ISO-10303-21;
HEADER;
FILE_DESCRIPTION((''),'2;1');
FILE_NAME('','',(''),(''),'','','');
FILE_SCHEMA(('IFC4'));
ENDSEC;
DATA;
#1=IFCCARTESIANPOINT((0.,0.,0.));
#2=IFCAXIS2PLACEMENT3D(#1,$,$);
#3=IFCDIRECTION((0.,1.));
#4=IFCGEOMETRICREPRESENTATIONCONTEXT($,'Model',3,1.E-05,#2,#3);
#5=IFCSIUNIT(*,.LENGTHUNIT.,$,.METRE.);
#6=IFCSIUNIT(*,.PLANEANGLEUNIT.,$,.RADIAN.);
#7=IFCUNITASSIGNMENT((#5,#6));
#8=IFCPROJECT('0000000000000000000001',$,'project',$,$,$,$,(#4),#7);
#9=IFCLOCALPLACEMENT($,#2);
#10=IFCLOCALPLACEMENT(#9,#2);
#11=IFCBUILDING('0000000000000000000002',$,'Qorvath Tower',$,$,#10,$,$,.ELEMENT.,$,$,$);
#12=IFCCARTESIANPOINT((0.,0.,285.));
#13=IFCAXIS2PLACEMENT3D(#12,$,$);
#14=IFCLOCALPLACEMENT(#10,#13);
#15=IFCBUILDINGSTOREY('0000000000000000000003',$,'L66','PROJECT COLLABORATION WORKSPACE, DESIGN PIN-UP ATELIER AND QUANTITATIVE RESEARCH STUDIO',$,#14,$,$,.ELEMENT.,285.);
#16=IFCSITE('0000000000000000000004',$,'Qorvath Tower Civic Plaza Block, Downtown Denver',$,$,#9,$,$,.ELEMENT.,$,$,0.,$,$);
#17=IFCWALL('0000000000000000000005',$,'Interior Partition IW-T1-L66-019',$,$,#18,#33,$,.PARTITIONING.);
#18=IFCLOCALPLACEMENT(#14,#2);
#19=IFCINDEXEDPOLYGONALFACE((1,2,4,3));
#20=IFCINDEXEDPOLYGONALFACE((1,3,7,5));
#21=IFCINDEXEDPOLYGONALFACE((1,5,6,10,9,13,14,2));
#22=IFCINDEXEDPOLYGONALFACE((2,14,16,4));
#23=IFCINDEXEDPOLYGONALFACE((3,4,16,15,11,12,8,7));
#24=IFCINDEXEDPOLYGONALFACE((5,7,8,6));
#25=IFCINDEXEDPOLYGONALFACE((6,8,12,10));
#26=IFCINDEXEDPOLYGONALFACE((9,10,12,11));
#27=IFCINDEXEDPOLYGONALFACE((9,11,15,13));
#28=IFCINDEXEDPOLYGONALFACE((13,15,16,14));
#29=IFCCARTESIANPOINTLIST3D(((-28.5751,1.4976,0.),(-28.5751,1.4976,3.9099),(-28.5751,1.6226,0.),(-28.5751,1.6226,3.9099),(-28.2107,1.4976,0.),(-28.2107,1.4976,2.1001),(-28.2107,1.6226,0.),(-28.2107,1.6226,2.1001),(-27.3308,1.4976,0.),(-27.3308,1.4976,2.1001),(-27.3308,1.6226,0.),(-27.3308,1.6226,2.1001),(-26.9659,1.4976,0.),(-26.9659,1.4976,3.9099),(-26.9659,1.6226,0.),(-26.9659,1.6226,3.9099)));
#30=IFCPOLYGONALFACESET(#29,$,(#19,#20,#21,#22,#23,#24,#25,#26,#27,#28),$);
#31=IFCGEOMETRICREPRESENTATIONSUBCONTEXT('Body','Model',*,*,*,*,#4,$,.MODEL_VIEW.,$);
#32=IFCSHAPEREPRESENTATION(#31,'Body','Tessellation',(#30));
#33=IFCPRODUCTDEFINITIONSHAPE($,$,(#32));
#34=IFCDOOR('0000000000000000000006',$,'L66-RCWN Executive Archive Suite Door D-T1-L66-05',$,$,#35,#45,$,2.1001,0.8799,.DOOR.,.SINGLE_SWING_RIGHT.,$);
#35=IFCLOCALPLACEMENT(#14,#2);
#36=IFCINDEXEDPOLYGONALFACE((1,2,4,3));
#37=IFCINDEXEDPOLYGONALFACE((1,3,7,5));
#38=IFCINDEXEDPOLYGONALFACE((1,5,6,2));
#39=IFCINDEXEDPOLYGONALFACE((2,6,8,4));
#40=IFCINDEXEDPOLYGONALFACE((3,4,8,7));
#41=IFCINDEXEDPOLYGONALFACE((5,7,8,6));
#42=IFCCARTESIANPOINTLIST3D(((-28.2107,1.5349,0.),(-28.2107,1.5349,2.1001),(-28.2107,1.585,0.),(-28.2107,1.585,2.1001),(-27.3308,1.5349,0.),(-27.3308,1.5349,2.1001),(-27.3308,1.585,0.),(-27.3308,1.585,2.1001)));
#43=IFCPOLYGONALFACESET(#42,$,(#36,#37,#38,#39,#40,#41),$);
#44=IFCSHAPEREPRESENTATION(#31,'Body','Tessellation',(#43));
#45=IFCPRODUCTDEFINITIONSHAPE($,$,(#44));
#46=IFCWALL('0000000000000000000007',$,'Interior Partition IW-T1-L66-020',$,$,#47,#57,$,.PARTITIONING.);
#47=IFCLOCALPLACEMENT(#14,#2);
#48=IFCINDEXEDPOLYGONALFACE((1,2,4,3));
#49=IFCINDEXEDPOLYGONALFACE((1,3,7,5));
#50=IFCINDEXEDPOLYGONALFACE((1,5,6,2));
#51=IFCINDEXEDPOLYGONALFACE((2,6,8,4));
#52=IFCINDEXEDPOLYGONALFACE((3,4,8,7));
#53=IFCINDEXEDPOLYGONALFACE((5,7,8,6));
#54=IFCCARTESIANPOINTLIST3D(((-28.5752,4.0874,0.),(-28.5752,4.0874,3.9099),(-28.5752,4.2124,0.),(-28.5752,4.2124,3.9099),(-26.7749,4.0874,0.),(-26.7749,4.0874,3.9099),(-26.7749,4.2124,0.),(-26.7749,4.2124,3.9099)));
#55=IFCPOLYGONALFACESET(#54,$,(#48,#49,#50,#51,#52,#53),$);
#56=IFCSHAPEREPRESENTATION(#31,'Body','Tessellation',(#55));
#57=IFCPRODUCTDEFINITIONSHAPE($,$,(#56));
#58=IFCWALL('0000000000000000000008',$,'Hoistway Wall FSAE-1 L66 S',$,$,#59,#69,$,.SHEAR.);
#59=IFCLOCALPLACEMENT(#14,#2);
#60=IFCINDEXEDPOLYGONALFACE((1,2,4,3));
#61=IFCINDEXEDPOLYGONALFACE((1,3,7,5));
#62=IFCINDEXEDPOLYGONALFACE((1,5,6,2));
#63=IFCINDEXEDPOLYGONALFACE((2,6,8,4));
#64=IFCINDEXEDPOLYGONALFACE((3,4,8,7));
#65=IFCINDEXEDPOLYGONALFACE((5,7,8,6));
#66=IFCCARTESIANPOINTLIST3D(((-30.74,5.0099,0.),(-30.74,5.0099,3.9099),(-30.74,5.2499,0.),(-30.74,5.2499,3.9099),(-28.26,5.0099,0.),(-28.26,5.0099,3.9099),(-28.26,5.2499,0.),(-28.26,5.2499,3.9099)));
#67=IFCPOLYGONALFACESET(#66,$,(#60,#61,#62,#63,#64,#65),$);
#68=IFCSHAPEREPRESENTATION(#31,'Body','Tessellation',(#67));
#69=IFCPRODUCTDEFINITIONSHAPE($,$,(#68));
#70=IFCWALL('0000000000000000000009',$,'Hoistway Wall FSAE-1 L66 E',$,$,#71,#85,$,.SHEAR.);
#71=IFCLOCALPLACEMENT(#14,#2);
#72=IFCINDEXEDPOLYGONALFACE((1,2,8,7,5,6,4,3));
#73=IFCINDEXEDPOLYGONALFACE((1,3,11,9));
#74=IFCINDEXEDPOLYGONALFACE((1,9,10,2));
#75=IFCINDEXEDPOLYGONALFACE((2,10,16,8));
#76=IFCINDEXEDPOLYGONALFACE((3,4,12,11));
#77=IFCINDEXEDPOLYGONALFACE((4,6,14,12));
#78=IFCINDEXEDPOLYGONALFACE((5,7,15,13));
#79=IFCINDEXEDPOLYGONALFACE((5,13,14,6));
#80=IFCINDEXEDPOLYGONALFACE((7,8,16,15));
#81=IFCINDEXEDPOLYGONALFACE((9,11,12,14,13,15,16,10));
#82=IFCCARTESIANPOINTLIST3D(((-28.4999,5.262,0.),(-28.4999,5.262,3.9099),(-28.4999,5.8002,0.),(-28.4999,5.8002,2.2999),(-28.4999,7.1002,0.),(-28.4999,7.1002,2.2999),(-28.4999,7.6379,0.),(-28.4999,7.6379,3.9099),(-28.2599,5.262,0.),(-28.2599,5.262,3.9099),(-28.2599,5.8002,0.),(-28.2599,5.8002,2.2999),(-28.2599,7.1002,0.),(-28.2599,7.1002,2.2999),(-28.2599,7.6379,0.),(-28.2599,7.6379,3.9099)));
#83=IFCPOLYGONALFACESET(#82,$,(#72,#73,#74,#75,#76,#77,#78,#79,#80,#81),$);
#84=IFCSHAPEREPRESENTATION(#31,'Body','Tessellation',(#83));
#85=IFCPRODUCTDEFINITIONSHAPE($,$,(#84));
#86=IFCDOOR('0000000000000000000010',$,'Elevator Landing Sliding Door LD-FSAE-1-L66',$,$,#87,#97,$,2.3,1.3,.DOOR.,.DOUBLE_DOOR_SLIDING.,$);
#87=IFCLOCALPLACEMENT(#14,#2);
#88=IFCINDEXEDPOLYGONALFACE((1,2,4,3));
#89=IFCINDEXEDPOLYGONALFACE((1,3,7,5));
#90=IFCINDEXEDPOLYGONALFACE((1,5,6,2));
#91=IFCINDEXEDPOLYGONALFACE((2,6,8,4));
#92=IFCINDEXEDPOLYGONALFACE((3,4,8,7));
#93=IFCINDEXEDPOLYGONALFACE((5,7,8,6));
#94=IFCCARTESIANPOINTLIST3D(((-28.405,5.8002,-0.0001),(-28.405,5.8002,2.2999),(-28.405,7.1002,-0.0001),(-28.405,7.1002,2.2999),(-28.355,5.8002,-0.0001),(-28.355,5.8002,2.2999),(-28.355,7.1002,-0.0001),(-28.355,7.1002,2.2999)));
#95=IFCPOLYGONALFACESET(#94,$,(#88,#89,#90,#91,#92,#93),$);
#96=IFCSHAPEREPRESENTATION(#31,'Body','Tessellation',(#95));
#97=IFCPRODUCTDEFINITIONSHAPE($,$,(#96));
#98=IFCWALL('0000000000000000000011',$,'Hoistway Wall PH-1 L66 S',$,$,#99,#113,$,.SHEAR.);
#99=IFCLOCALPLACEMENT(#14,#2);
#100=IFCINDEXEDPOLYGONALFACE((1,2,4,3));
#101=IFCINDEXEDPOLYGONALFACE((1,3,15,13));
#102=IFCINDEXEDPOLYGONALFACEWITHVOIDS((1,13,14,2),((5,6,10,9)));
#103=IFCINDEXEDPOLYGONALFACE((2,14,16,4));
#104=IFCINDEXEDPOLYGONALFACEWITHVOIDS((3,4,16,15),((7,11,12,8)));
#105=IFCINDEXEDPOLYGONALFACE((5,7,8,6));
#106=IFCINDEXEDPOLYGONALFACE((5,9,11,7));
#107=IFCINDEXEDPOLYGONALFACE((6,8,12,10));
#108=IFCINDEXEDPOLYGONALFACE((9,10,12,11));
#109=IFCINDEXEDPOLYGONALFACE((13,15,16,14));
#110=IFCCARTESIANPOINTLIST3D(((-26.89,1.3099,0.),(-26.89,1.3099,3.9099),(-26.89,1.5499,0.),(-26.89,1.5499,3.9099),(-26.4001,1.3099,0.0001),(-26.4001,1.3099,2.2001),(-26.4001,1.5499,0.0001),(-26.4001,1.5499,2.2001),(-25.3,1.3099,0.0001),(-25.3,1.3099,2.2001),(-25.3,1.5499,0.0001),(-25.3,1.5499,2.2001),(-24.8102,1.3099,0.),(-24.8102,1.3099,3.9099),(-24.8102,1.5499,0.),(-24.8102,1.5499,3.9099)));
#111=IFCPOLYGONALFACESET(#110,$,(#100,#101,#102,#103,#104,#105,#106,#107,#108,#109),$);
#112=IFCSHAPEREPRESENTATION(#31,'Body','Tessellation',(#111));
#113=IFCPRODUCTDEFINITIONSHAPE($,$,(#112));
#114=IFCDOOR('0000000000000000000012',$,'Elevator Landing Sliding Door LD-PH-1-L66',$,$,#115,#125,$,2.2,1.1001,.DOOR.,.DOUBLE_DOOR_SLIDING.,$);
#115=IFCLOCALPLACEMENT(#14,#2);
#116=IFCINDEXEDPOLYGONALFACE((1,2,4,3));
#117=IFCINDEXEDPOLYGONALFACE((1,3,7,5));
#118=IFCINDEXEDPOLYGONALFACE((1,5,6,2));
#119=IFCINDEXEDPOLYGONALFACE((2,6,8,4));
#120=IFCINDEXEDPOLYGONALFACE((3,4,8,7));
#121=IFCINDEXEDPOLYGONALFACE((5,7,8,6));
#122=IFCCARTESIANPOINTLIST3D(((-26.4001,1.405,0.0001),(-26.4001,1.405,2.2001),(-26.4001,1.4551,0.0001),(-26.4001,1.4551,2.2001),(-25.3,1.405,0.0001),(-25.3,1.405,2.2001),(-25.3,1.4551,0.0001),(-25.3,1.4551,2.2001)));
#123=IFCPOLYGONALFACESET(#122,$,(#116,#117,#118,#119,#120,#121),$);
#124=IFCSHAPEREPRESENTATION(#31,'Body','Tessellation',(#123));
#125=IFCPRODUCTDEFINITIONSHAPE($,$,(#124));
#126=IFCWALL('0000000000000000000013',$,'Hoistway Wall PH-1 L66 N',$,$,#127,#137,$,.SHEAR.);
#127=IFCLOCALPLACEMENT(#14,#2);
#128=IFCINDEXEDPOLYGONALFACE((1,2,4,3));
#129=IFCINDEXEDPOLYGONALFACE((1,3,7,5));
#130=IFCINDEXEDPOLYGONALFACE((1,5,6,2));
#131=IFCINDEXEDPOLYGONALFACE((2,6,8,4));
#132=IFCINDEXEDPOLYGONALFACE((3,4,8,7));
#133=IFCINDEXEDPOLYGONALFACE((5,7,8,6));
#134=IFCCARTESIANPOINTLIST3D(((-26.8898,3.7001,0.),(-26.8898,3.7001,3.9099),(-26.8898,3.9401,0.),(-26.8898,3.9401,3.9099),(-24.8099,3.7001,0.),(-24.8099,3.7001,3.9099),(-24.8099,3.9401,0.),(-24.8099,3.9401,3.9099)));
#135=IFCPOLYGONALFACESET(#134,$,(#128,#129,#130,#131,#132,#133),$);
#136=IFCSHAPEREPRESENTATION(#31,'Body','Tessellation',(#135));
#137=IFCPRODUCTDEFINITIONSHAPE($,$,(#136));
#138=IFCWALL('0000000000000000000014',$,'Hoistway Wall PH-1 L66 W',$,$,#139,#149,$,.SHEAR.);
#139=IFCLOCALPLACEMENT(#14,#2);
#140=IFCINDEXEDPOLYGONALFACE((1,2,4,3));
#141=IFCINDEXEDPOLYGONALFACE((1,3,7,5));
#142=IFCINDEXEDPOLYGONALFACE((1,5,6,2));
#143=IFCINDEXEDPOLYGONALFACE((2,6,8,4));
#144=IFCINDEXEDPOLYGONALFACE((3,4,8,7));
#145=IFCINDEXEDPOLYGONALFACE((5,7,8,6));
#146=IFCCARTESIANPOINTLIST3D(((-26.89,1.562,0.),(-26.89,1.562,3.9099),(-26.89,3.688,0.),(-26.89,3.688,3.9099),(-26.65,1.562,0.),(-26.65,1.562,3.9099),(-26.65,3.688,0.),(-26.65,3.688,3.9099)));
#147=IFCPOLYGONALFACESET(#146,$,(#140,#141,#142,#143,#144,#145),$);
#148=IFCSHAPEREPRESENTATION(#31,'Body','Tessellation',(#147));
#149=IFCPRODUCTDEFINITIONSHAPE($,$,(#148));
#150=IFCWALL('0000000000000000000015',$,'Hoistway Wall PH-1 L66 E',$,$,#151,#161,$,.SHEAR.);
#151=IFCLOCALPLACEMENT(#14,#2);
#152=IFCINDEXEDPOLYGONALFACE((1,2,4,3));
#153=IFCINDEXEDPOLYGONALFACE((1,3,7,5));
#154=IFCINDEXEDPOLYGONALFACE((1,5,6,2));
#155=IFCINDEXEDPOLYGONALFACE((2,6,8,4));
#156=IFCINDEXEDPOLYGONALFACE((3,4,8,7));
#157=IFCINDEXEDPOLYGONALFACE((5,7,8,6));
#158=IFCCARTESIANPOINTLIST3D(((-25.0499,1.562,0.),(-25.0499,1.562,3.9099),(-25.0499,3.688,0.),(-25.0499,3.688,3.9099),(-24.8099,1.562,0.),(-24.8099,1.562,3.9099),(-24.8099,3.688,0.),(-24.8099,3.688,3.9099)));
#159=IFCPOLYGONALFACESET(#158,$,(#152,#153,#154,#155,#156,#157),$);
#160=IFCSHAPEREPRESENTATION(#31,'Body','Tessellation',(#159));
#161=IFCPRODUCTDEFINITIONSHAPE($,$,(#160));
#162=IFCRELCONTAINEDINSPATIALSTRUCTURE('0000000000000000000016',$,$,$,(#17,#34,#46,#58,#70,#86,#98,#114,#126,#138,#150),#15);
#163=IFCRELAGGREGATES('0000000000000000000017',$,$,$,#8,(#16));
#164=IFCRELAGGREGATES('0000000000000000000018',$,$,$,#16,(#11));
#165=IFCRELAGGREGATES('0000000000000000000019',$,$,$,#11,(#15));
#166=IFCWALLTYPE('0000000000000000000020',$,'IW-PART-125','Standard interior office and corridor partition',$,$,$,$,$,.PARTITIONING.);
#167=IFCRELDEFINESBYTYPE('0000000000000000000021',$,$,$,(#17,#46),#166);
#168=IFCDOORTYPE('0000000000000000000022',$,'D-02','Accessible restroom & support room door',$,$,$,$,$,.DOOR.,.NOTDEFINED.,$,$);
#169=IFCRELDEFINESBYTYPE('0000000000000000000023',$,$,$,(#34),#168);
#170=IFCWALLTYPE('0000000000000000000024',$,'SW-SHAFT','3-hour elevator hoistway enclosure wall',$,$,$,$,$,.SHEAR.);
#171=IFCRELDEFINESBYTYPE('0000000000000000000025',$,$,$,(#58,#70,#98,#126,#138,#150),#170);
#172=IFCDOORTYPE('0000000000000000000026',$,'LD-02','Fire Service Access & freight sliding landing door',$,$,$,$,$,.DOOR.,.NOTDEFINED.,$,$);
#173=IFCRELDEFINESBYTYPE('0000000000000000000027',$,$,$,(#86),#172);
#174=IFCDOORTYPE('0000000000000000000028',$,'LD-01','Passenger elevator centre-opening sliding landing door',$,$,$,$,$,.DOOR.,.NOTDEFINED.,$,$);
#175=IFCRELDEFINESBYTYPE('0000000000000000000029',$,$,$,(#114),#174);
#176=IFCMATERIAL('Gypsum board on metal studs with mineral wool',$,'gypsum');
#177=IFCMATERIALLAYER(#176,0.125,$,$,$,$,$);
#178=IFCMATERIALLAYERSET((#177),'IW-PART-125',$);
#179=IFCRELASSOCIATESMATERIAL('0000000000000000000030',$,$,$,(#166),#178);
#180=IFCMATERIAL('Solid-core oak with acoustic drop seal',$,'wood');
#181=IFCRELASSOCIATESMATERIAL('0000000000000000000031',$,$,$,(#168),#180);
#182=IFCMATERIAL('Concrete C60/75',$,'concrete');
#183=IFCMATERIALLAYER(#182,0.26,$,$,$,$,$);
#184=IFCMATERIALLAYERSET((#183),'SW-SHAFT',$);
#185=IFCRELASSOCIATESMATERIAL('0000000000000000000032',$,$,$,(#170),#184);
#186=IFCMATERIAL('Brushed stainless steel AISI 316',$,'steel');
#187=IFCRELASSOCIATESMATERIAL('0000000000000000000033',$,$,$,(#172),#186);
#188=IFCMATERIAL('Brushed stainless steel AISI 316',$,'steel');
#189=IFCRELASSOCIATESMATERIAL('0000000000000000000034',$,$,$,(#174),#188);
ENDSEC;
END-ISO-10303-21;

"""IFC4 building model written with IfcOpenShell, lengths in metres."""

from ifc_helpers import new_model, si_unit, direction, frame, frame_2d, origin, place, context, subcontext, project, spatial, rectangle, extrude, material, layer, layer_set, type_object, element, fill, save


model = new_model("IFC4")

# Units and contexts
model_context = context("Model", 3, precision=1e-05, world=origin(), true_north=direction((0.0, 1.0)))
body_context = subcontext(model_context, "Body", "Model", "MODEL_VIEW")
ifc_project = project(units=[si_unit("LENGTHUNIT", "METRE"), si_unit("PLANEANGLEUNIT", "RADIAN")], contexts=[model_context])

# Site, building, storey
site_placement = place(None, origin())
site = spatial("IfcSite", under=ifc_project, at=site_placement, Name="Qorvath Tower Civic Plaza Block, Downtown Denver", CompositionType="ELEMENT", RefElevation=0.0)
building_placement = place(site_placement, origin())
building = spatial("IfcBuilding", under=site, at=building_placement, Name="Qorvath Tower", CompositionType="ELEMENT")
storey_placement = place(building_placement, frame((0.0, 0.0, 285.0)))
storey = spatial("IfcBuildingStorey", under=building, at=storey_placement, Name="L66", Description="PROJECT COLLABORATION WORKSPACE, DESIGN PIN-UP ATELIER AND QUANTITATIVE RESEARCH STUDIO", CompositionType="ELEMENT", Elevation=285.0)

# Shared definitions
ifc_material_1 = material(Name="Gypsum board on metal studs with mineral wool", Category="gypsum")
ifc_layer_1 = layer(ifc_material_1, 0.125)
ifc_layer_set_1 = layer_set([ifc_layer_1], Name="IW-PART-125")
wall_type_1 = type_object("IfcWallType", Name="IW-PART-125", Description="Standard interior office and corridor partition", PredefinedType="PARTITIONING", material=ifc_layer_set_1)

# Wall, opening, door
wall_1_placement = place(storey_placement, frame((-28.5752, 1.5601, 0.0), z_axis=(0.0, 0.0, 1.0), x_axis=(1.0, 0.0, 0.0)))
wall_1 = element("IfcWall", 1, at=wall_1_placement, inside=storey, type_object=wall_type_1, Name="Interior Partition IW-T1-L66-019", PredefinedType="PARTITIONING", context=body_context, shape_type="SweptSolid", body=[
    extrude(rectangle(XDim=1.6091, YDim=0.125, at=frame_2d((0.8047, 0.0))), origin(), (0.0, 0.0, 1.0), 3.9099),
])
opening_1_placement = place(wall_1_placement, frame((0.3645, 0.0, 0.0)))
opening_1 = element("IfcOpeningElement", 2, at=opening_1_placement, cuts=wall_1, PredefinedType="OPENING", context=body_context, shape_type="SweptSolid", body=[
    extrude(rectangle(XDim=0.8799, YDim=2.1001, at=frame_2d((0.4399, 1.05))), frame((0.0, 0.0725, 0.0), z_axis=(0.0, -1.0, 0.0), x_axis=(1.0, 0.0, 0.0)), (0.0, 0.0, 1.0), 0.145),
])
ifc_material_2 = material(Name="Solid-core oak with acoustic drop seal", Category="wood")
door_type_1 = type_object("IfcDoorType", Name="D-02", Description="Accessible restroom & support room door", OperationType="NOTDEFINED", PredefinedType="DOOR", material=ifc_material_2)
door_1_placement = place(opening_1_placement, origin())
door_1 = element("IfcDoor", 3, at=door_1_placement, inside=storey, type_object=door_type_1, Name="L66-RCWN Executive Archive Suite Door D-T1-L66-05", OperationType="SINGLE_SWING_RIGHT", OverallHeight=2.1001, OverallWidth=0.8799, PredefinedType="DOOR", context=body_context, shape_type="SweptSolid", body=[
    extrude(rectangle(XDim=0.8799, YDim=2.1001, at=frame_2d((0.4399, 1.05))), frame((0.0, 0.0249, 0.0), z_axis=(0.0, -1.0, 0.0), x_axis=(1.0, 0.0, 0.0)), (0.0, 0.0, 1.0), 0.05),
])
fill(opening_1, door_1)

# Walls
wall_2_placement = place(storey_placement, frame((-26.7749, 4.1499, 0.0), z_axis=(0.0, 0.0, 1.0), x_axis=(-1.0, 0.0, 0.0)))
element("IfcWall", 4, at=wall_2_placement, inside=storey, type_object=wall_type_1, Name="Interior Partition IW-T1-L66-020", PredefinedType="PARTITIONING", context=body_context, shape_type="SweptSolid", body=[
    extrude(rectangle(XDim=1.8003, YDim=0.125, at=frame_2d((0.9001, 0.0))), origin(), (0.0, 0.0, 1.0), 3.9099),
])
ifc_material_3 = material(Name="Concrete C60/75", Category="concrete")
ifc_layer_2 = layer(ifc_material_3, 0.26)
ifc_layer_set_2 = layer_set([ifc_layer_2], Name="SW-SHAFT")
wall_type_2 = type_object("IfcWallType", Name="SW-SHAFT", Description="3-hour elevator hoistway enclosure wall", PredefinedType="SHEAR", material=ifc_layer_set_2)
wall_3_placement = place(storey_placement, frame((-28.26, 5.1299, 0.0), z_axis=(0.0, 0.0, 1.0), x_axis=(-1.0, 0.0, 0.0)))
element("IfcWall", 5, at=wall_3_placement, inside=storey, type_object=wall_type_2, Name="Hoistway Wall FSAE-1 L66 S", PredefinedType="SHEAR", context=body_context, shape_type="SweptSolid", body=[
    extrude(rectangle(XDim=2.48, YDim=0.24, at=frame_2d((1.24, 0.0))), origin(), (0.0, 0.0, 1.0), 3.9099),
])

# Walls, openings, doors
wall_4_placement = place(storey_placement, frame((-28.3799, 7.6379, 0.0), z_axis=(0.0, 0.0, 1.0), x_axis=(0.0, -1.0, 0.0)))
wall_4 = element("IfcWall", 6, at=wall_4_placement, inside=storey, type_object=wall_type_2, Name="Hoistway Wall FSAE-1 L66 E", PredefinedType="SHEAR", context=body_context, shape_type="SweptSolid", body=[
    extrude(rectangle(XDim=2.376, YDim=0.24, at=frame_2d((1.188, 0.0))), origin(), (0.0, 0.0, 1.0), 3.9099),
])
opening_2_placement = place(wall_4_placement, frame((0.5378, 0.0, 0.0)))
opening_2 = element("IfcOpeningElement", 7, at=opening_2_placement, cuts=wall_4, PredefinedType="OPENING", context=body_context, shape_type="SweptSolid", body=[
    extrude(rectangle(XDim=1.3, YDim=2.3, at=frame_2d((0.6499, 1.1499))), frame((0.0, 0.1299, 0.0), z_axis=(0.0, -1.0, 0.0), x_axis=(1.0, 0.0, 0.0)), (0.0, 0.0, 1.0), 0.26),
])
ifc_material_4 = material(Name="Brushed stainless steel AISI 316", Category="steel")
door_type_2 = type_object("IfcDoorType", Name="LD-02", Description="Fire Service Access & freight sliding landing door", OperationType="NOTDEFINED", PredefinedType="DOOR", material=ifc_material_4)
door_2_placement = place(opening_2_placement, origin())
door_2 = element("IfcDoor", 8, at=door_2_placement, inside=storey, type_object=door_type_2, Name="Elevator Landing Sliding Door LD-FSAE-1-L66", OperationType="DOUBLE_DOOR_SLIDING", OverallHeight=2.3, OverallWidth=1.3, PredefinedType="DOOR", context=body_context, shape_type="SweptSolid", body=[
    extrude(rectangle(XDim=1.3, YDim=2.3, at=frame_2d((0.6499, 1.1499))), frame((0.0, 0.0249, 0.0), z_axis=(0.0, -1.0, 0.0), x_axis=(1.0, 0.0, 0.0)), (0.0, 0.0, 1.0), 0.05),
])
fill(opening_2, door_2)
wall_5_placement = place(storey_placement, frame((-24.8101, 1.4299, 0.0), z_axis=(0.0, 0.0, 1.0), x_axis=(-1.0, 0.0, 0.0)))
wall_5 = element("IfcWall", 9, at=wall_5_placement, inside=storey, type_object=wall_type_2, Name="Hoistway Wall PH-1 L66 S", PredefinedType="SHEAR", context=body_context, shape_type="SweptSolid", body=[
    extrude(rectangle(XDim=2.0798, YDim=0.24, at=frame_2d((1.04, 0.0))), origin(), (0.0, 0.0, 1.0), 3.9099),
])
opening_3_placement = place(wall_5_placement, frame((0.49, 0.0, 0.0)))
opening_3 = element("IfcOpeningElement", 10, at=opening_3_placement, cuts=wall_5, PredefinedType="OPENING", context=body_context, shape_type="SweptSolid", body=[
    extrude(rectangle(XDim=1.1001, YDim=2.2, at=frame_2d((0.55, 1.1001))), frame((0.0, 0.1299, 0.0), z_axis=(0.0, -1.0, 0.0), x_axis=(1.0, 0.0, 0.0)), (0.0, 0.0, 1.0), 0.26),
])
ifc_material_5 = material(Name="Brushed stainless steel AISI 316", Category="steel")
door_type_3 = type_object("IfcDoorType", Name="LD-01", Description="Passenger elevator centre-opening sliding landing door", OperationType="NOTDEFINED", PredefinedType="DOOR", material=ifc_material_5)
door_3_placement = place(opening_3_placement, origin())
door_3 = element("IfcDoor", 11, at=door_3_placement, inside=storey, type_object=door_type_3, Name="Elevator Landing Sliding Door LD-PH-1-L66", OperationType="DOUBLE_DOOR_SLIDING", OverallHeight=2.2, OverallWidth=1.1001, PredefinedType="DOOR", context=body_context, shape_type="SweptSolid", body=[
    extrude(rectangle(XDim=1.1001, YDim=2.2, at=frame_2d((0.55, 1.1001))), frame((0.0, 0.0249, 0.0), z_axis=(0.0, -1.0, 0.0), x_axis=(1.0, 0.0, 0.0)), (0.0, 0.0, 1.0), 0.05),
])
fill(opening_3, door_3)

# Walls
wall_6_placement = place(storey_placement, frame((-26.8899, 3.8201, 0.0), z_axis=(0.0, 0.0, 1.0), x_axis=(1.0, 0.0, 0.0)))
element("IfcWall", 12, at=wall_6_placement, inside=storey, type_object=wall_type_2, Name="Hoistway Wall PH-1 L66 N", PredefinedType="SHEAR", context=body_context, shape_type="SweptSolid", body=[
    extrude(rectangle(XDim=2.0798, YDim=0.24, at=frame_2d((1.04, 0.0))), origin(), (0.0, 0.0, 1.0), 3.9099),
])
for number, where, z_axis, x_axis, name in (
    (13, (-26.77, 1.562, 0.0), (0.0, 0.0, 1.0), (0.0, 1.0, 0.0), "Hoistway Wall PH-1 L66 W"),
    (14, (-24.9299, 3.688, 0.0), (0.0, 0.0, 1.0), (0.0, -1.0, 0.0), "Hoistway Wall PH-1 L66 E"),
):
    element("IfcWall", number, at=place(storey_placement, frame(where, z_axis=z_axis, x_axis=x_axis)), inside=storey, type_object=wall_type_2, Name=name, PredefinedType="SHEAR", context=body_context, shape_type="SweptSolid", body=[
        extrude(rectangle(XDim=2.126, YDim=0.24, at=frame_2d((1.063, 0.0))), origin(), (0.0, 0.0, 1.0), 3.9099),
    ])

save(model, "model.ifc")
